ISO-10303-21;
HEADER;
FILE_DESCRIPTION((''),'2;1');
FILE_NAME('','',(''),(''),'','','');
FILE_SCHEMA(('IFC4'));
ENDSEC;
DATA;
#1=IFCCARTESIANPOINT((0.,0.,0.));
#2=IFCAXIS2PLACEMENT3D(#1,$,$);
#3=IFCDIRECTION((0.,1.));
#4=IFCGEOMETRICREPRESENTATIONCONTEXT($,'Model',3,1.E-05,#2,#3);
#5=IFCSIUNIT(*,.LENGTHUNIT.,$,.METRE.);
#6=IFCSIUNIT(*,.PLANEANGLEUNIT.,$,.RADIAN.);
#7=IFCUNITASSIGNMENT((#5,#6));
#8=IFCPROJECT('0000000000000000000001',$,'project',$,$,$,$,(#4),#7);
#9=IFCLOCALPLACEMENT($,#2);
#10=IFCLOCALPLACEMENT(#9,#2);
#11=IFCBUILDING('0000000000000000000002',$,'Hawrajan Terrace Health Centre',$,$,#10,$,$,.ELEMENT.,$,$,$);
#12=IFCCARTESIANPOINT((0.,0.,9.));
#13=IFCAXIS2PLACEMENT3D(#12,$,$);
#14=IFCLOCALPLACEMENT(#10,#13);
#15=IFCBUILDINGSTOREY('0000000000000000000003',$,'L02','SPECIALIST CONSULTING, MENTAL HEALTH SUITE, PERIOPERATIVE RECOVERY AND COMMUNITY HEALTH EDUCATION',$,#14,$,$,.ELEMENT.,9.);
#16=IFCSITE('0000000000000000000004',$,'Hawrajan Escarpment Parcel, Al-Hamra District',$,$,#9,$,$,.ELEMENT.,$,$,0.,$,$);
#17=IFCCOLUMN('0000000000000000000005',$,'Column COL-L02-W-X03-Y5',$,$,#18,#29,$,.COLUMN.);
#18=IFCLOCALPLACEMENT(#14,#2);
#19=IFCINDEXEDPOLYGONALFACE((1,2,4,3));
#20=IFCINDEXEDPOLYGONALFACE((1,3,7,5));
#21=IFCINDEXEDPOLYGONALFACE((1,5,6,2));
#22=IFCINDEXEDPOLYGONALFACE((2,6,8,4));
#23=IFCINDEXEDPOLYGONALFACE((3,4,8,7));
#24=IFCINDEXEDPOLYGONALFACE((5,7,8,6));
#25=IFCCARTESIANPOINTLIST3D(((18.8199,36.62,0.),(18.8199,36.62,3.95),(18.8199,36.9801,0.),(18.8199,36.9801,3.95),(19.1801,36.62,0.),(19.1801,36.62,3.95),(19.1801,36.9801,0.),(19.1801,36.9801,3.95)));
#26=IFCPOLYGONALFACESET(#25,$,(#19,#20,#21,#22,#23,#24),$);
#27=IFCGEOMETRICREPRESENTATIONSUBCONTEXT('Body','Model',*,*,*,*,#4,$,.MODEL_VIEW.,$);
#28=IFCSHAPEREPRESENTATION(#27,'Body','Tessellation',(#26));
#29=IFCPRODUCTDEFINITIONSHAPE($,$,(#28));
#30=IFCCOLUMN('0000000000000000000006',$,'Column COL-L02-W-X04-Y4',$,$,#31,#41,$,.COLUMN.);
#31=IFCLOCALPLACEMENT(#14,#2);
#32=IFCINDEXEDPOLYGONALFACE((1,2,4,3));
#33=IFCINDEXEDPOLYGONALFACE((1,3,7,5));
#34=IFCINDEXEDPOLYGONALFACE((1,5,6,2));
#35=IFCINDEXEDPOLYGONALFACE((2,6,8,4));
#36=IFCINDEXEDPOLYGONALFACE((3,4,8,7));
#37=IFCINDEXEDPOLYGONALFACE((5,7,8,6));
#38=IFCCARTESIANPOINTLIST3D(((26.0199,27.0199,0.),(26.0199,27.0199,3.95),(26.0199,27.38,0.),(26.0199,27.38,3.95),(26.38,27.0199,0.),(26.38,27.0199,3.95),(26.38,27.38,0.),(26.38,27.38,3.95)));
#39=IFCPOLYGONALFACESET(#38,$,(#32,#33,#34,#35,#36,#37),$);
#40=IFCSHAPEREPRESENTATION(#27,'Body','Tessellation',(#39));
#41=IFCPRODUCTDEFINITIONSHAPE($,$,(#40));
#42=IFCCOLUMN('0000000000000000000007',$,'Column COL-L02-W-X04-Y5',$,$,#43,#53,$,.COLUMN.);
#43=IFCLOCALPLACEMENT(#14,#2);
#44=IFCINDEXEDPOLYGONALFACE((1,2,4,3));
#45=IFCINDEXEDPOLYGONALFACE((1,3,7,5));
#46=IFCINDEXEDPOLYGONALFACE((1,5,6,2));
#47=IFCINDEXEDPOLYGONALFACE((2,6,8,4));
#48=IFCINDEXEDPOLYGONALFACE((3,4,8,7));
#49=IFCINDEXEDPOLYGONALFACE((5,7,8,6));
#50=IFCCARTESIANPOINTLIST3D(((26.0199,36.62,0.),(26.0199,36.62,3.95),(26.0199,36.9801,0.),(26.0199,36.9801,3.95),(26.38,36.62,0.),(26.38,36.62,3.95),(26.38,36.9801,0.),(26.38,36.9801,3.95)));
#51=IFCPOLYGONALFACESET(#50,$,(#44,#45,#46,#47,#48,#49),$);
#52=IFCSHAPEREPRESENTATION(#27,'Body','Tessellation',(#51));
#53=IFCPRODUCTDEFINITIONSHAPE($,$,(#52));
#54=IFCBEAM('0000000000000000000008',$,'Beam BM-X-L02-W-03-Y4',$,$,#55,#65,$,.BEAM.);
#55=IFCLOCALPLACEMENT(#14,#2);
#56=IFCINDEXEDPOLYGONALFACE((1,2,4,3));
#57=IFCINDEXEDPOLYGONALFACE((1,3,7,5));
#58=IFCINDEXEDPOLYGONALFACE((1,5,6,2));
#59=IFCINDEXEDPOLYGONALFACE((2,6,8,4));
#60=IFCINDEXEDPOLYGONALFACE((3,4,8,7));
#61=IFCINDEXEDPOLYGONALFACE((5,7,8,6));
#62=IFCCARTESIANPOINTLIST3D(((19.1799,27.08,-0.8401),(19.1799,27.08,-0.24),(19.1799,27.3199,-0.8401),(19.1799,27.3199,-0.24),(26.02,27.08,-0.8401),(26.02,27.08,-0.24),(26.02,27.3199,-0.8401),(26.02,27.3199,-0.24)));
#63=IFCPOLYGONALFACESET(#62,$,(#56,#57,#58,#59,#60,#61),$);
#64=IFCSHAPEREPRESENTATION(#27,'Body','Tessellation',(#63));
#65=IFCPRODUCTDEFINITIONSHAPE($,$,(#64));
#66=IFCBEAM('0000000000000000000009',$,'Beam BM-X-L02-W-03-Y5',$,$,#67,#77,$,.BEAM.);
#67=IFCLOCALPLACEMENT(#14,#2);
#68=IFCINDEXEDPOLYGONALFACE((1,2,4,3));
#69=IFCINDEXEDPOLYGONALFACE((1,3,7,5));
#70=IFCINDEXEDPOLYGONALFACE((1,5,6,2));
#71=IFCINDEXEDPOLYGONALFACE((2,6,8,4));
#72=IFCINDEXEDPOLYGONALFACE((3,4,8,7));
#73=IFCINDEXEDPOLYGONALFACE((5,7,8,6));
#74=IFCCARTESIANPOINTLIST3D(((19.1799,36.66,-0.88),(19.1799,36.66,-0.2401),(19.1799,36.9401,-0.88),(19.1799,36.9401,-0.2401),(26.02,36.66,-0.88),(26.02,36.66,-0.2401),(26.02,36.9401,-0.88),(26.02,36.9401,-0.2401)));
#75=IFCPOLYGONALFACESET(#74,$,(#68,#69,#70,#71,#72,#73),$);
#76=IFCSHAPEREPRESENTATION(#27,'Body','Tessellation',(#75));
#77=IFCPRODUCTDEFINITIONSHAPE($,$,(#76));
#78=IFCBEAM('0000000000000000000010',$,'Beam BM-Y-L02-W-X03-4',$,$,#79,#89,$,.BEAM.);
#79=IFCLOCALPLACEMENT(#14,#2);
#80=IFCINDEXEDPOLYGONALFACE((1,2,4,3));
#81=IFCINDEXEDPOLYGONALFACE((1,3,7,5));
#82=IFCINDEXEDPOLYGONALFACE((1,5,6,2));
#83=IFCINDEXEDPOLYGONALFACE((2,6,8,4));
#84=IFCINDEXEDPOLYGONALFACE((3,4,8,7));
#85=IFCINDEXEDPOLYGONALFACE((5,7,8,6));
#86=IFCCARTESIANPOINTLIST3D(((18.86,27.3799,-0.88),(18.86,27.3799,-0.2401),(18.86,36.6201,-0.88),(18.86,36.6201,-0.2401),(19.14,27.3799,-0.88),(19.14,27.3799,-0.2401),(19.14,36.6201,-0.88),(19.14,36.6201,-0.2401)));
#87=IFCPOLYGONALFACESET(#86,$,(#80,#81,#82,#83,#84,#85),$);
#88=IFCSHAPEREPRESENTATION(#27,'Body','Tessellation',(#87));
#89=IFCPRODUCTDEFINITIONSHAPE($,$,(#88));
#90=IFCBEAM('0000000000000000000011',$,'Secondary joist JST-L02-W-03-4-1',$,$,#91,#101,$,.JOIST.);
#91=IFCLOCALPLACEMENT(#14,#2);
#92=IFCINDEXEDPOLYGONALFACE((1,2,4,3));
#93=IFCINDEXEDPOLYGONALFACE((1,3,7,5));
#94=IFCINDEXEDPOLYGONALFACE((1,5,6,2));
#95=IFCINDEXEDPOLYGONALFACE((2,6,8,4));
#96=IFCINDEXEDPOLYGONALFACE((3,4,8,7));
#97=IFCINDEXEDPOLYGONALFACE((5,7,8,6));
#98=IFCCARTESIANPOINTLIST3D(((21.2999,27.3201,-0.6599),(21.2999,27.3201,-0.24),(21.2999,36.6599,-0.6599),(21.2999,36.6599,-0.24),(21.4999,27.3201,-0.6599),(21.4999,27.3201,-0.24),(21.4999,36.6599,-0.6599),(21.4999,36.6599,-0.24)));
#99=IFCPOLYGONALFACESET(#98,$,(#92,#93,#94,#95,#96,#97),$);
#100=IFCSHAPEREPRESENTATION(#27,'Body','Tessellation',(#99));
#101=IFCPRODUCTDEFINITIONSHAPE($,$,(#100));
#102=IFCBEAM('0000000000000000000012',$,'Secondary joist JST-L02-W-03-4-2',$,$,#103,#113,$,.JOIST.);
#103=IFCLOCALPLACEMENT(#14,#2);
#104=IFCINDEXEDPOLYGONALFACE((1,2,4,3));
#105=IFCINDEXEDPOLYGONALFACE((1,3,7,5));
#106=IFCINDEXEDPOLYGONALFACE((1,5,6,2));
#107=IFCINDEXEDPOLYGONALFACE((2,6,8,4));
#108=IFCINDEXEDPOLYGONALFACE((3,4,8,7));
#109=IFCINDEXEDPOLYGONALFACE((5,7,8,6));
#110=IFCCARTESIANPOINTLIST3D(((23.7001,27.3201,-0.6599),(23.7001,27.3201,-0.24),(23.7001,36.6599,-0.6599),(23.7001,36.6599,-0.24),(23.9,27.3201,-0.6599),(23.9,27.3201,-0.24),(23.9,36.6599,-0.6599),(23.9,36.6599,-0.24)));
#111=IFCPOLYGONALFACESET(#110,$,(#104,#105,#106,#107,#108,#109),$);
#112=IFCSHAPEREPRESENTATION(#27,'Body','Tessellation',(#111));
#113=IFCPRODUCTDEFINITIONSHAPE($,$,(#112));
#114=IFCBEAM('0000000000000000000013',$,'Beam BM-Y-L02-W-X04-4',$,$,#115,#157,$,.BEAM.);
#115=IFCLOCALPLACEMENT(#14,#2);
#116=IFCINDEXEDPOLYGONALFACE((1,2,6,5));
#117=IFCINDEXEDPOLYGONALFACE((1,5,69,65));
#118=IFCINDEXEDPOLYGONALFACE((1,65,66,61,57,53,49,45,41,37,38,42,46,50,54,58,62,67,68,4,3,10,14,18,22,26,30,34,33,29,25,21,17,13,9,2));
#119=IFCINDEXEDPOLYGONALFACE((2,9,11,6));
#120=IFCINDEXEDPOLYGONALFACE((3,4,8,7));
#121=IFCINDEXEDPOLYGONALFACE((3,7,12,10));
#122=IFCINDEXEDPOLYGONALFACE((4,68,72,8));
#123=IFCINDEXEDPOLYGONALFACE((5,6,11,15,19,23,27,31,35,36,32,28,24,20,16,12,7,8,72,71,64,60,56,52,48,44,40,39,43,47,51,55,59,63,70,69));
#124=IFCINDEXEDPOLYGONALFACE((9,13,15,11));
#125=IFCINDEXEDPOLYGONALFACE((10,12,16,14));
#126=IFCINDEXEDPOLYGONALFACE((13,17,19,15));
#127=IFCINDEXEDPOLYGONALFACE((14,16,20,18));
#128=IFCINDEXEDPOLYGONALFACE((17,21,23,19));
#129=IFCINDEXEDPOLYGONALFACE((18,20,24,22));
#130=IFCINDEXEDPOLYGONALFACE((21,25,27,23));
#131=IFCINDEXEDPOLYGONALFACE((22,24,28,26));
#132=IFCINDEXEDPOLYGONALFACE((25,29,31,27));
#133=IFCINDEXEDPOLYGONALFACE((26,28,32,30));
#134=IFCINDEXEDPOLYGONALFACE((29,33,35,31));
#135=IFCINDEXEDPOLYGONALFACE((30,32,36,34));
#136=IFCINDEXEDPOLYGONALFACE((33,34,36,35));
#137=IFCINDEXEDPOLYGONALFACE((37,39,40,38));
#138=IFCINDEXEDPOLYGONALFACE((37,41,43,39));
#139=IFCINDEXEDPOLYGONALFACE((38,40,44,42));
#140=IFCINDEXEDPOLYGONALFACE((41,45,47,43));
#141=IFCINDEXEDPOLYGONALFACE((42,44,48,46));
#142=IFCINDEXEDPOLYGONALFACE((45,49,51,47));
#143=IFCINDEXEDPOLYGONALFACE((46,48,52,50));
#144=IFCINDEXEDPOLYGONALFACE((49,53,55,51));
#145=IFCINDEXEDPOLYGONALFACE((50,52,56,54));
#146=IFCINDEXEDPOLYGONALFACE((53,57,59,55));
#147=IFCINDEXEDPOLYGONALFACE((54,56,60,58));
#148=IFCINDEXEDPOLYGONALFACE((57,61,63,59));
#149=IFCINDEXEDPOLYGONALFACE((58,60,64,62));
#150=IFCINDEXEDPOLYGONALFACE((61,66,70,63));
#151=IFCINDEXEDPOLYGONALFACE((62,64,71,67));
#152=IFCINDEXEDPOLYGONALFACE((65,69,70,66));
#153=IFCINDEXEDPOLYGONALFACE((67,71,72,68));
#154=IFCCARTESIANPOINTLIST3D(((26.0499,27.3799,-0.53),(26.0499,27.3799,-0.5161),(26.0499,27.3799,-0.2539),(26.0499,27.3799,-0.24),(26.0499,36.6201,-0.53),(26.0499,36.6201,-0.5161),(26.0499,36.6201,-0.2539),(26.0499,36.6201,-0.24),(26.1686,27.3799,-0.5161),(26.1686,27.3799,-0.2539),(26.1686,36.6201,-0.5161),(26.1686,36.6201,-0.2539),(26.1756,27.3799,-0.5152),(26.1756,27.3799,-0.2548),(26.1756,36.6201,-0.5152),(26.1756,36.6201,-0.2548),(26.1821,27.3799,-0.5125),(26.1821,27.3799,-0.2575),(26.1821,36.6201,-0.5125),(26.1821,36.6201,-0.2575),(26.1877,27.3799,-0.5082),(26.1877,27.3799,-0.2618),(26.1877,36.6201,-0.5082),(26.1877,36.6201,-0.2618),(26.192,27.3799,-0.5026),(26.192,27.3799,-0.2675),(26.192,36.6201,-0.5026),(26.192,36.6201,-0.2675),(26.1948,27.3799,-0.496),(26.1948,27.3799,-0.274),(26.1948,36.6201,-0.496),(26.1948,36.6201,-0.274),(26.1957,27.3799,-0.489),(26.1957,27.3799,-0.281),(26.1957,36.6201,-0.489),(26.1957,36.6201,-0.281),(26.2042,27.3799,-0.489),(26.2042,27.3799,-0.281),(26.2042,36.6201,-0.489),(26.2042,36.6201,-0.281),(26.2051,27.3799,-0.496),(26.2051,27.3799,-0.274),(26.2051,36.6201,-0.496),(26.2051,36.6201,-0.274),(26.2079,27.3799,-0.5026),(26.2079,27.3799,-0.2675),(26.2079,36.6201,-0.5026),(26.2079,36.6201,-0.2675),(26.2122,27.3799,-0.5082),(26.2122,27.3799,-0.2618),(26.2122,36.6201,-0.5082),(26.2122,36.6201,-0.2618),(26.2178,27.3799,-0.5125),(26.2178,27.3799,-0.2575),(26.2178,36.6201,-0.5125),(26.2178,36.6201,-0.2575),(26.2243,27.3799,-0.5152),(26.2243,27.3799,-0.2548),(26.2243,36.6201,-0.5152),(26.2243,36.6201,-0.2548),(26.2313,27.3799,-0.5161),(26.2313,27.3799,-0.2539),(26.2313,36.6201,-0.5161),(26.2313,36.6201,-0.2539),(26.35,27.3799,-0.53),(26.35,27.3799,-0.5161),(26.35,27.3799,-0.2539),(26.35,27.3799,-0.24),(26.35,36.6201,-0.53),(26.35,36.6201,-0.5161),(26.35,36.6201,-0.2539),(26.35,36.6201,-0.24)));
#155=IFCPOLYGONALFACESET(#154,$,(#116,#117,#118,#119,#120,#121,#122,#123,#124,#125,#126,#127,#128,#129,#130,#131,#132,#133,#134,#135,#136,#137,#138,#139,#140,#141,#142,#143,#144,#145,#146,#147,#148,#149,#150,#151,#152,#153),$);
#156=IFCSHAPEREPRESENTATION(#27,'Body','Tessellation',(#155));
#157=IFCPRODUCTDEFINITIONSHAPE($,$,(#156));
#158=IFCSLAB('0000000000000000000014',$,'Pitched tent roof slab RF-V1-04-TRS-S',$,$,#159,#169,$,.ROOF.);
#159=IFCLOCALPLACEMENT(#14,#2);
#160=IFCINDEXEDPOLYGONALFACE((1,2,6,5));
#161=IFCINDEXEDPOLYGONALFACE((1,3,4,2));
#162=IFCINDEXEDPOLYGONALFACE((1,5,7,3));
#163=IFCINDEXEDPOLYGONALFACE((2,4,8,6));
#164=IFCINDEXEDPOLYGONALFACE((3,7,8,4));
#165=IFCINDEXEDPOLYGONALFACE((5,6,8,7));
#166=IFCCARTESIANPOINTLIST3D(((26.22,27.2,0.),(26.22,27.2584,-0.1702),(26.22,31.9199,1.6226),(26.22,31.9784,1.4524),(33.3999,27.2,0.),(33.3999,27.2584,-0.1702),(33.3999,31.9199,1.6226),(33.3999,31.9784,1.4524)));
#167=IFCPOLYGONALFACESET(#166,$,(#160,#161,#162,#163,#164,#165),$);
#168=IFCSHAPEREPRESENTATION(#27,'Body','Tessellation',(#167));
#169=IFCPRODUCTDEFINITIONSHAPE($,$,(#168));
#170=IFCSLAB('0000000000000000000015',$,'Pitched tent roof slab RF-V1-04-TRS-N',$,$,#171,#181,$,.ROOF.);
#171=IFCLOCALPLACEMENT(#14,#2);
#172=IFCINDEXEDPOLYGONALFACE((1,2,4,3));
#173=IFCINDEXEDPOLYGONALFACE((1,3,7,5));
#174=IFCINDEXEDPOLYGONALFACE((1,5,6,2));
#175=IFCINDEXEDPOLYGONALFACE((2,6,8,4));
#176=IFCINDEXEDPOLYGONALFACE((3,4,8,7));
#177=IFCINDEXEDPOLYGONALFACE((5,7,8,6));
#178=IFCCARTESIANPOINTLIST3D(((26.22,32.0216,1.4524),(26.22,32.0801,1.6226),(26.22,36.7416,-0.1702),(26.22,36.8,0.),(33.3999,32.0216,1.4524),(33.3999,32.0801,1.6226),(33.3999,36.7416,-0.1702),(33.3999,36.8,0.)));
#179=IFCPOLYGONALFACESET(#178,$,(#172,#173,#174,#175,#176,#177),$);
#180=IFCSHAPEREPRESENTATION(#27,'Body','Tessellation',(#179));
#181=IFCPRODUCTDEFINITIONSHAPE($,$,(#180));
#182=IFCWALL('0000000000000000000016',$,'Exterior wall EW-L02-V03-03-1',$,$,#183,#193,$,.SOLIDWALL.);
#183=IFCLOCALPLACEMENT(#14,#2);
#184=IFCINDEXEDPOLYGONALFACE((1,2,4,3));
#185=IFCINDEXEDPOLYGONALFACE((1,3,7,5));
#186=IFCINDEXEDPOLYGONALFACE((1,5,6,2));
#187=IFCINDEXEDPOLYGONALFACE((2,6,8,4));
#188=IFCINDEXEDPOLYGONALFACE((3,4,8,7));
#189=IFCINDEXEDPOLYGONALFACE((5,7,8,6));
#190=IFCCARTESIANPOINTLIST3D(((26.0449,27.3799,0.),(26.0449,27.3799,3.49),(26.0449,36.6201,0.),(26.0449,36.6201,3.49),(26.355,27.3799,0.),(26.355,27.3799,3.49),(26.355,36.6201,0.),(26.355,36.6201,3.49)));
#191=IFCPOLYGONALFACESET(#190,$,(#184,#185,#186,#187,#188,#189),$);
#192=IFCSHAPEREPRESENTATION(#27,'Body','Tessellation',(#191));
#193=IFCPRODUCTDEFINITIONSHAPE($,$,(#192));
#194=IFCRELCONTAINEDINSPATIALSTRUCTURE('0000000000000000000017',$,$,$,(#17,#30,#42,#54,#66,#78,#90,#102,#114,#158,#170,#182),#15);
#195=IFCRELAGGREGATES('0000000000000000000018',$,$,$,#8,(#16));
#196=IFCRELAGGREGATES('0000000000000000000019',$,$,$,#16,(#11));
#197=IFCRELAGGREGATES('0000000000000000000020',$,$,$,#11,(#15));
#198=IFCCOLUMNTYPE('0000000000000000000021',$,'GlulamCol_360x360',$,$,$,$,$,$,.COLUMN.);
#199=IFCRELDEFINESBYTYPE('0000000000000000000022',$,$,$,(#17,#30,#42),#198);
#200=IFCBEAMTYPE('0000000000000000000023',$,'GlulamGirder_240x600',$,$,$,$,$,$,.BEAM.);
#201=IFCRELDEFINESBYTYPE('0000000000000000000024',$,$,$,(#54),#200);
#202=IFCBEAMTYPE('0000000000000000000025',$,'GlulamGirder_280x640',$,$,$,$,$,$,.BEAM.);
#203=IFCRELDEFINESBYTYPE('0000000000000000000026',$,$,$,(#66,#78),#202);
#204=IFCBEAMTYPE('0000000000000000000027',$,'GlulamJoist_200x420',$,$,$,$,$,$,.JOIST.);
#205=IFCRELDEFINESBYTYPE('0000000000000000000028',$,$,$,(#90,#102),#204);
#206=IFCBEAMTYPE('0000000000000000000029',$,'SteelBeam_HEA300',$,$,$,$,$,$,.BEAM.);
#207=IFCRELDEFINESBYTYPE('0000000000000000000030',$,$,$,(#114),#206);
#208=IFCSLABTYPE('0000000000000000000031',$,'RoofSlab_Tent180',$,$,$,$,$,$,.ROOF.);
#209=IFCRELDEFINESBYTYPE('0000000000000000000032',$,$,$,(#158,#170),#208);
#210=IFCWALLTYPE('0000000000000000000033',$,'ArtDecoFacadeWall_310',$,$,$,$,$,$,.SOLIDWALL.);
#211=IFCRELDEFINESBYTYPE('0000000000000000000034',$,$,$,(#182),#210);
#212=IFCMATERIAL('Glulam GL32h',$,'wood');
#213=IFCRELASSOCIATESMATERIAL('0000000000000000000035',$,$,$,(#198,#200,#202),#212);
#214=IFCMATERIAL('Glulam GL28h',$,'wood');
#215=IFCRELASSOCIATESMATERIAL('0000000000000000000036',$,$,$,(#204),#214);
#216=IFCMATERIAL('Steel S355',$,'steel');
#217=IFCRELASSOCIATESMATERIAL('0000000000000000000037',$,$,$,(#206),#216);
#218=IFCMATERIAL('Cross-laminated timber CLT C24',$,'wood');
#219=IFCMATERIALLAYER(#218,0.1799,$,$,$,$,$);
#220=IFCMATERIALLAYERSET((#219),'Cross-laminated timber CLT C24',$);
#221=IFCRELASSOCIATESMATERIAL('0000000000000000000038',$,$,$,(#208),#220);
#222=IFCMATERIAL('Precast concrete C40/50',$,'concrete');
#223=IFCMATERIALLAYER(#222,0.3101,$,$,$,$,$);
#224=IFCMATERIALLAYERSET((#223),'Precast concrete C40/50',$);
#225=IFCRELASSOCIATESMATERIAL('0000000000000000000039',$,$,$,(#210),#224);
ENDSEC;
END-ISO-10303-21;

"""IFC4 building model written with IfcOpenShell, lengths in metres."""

from ifc_helpers import new_model, si_unit, direction, frame, frame_2d, origin, origin_2d, place, context, subcontext, project, spatial, polyline, rectangle, i_section, outline, extrude, material, layer, layer_set, material_profile, profile_set, type_object, element, save


model = new_model("IFC4")

# Units and contexts
model_context = context("Model", 3, precision=1e-05, world=origin(), true_north=direction((0.0, 1.0)))
body_context = subcontext(model_context, "Body", "Model", "MODEL_VIEW")
ifc_project = project(units=[si_unit("LENGTHUNIT", "METRE"), si_unit("PLANEANGLEUNIT", "RADIAN")], contexts=[model_context])

# Site, building, storey
site_placement = place(None, origin())
site = spatial("IfcSite", under=ifc_project, at=site_placement, Name="Hawrajan Escarpment Parcel, Al-Hamra District", CompositionType="ELEMENT", RefElevation=0.0)
building_placement = place(site_placement, origin())
building = spatial("IfcBuilding", under=site, at=building_placement, Name="Hawrajan Terrace Health Centre", CompositionType="ELEMENT")
storey_placement = place(building_placement, frame((0.0, 0.0, 9.0)))
storey = spatial("IfcBuildingStorey", under=building, at=storey_placement, Name="L02", Description="SPECIALIST CONSULTING, MENTAL HEALTH SUITE, PERIOPERATIVE RECOVERY AND COMMUNITY HEALTH EDUCATION", CompositionType="ELEMENT", Elevation=9.0)

# Columns
ifc_material_1 = material(Name="Glulam GL32h", Category="wood")
ifc_material_profile_1 = material_profile(ifc_material_1, rectangle(XDim=0.3601, YDim=0.3601, at=origin_2d()), Name="GL 360x360")
ifc_profile_set_1 = profile_set([ifc_material_profile_1], Name="Glulam GL32h")
column_type = type_object("IfcColumnType", Name="GlulamCol_360x360", PredefinedType="COLUMN", material=ifc_profile_set_1)
for number, where, z_axis, x_axis, name in (
    (1, (19.0, 36.8, 0.0), (0.0, 0.0, 1.0), (1.0, 0.0, 0.0), "Column COL-L02-W-X03-Y5"),
    (2, (26.2, 27.2, 0.0), (0.0, 0.0, 1.0), (1.0, 0.0, 0.0), "Column COL-L02-W-X04-Y4"),
    (3, (26.2, 36.8, 0.0), (0.0, 0.0, 1.0), (1.0, 0.0, 0.0), "Column COL-L02-W-X04-Y5"),
):
    element("IfcColumn", number, at=place(storey_placement, frame(where, z_axis=z_axis, x_axis=x_axis)), inside=storey, type_object=column_type, Name=name, PredefinedType="COLUMN", context=body_context, shape_type="SweptSolid", body=[
        extrude(rectangle(XDim=0.3601, YDim=0.3601, at=origin_2d()), origin(), (0.0, 0.0, 1.0), 3.95),
    ])

# Beams
ifc_material_profile_2 = material_profile(ifc_material_1, rectangle(XDim=0.24, YDim=0.6001, at=origin_2d()), Name="GL BM 240x600")
ifc_profile_set_2 = profile_set([ifc_material_profile_2], Name="Glulam GL32h")
beam_type_1 = type_object("IfcBeamType", Name="GlulamGirder_240x600", PredefinedType="BEAM", material=ifc_profile_set_2)
beam_1_placement = place(storey_placement, frame((19.1799, 27.2, -0.54), z_axis=(1.0, 0.0, 0.0), x_axis=(0.0, 1.0, 0.0)))
element("IfcBeam", 4, at=beam_1_placement, inside=storey, type_object=beam_type_1, Name="Beam BM-X-L02-W-03-Y4", PredefinedType="BEAM", context=body_context, shape_type="SweptSolid", body=[
    extrude(rectangle(XDim=0.24, YDim=0.6001, at=origin_2d()), origin(), (0.0, 0.0, 1.0), 6.8401),
])
ifc_material_profile_3 = material_profile(ifc_material_1, rectangle(XDim=0.28, YDim=0.6399, at=origin_2d()), Name="GL BM 280x640")
ifc_profile_set_3 = profile_set([ifc_material_profile_3], Name="Glulam GL32h")
beam_type_2 = type_object("IfcBeamType", Name="GlulamGirder_280x640", PredefinedType="BEAM", material=ifc_profile_set_3)
beam_2_placement = place(storey_placement, frame((19.1799, 36.8, -0.5601), z_axis=(1.0, 0.0, 0.0), x_axis=(0.0, 1.0, 0.0)))
element("IfcBeam", 5, at=beam_2_placement, inside=storey, type_object=beam_type_2, Name="Beam BM-X-L02-W-03-Y5", PredefinedType="BEAM", context=body_context, shape_type="SweptSolid", body=[
    extrude(rectangle(XDim=0.28, YDim=0.6399, at=origin_2d()), origin(), (0.0, 0.0, 1.0), 6.8401),
])
beam_3_placement = place(storey_placement, frame((19.0, 27.3799, -0.5601), z_axis=(0.0, 1.0, 0.0), x_axis=(-1.0, 0.0, 0.0)))
element("IfcBeam", 6, at=beam_3_placement, inside=storey, type_object=beam_type_2, Name="Beam BM-Y-L02-W-X03-4", PredefinedType="BEAM", context=body_context, shape_type="SweptSolid", body=[
    extrude(rectangle(XDim=0.28, YDim=0.6399, at=origin_2d()), origin(), (0.0, 0.0, 1.0), 9.2402),
])
ifc_material_2 = material(Name="Glulam GL28h", Category="wood")
ifc_material_profile_4 = material_profile(ifc_material_2, rectangle(XDim=0.2, YDim=0.4199, at=origin_2d()), Name="GL JST 200x420")
ifc_profile_set_4 = profile_set([ifc_material_profile_4], Name="Glulam GL28h")
beam_type_3 = type_object("IfcBeamType", Name="GlulamJoist_200x420", PredefinedType="JOIST", material=ifc_profile_set_4)
for number, where, z_axis, x_axis, name in (
    (7, (21.3999, 27.3201, -0.45), (0.0, 1.0, 0.0), (-1.0, 0.0, 0.0), "Secondary joist JST-L02-W-03-4-1"),
    (8, (23.8, 27.3201, -0.45), (0.0, 1.0, 0.0), (-1.0, 0.0, 0.0), "Secondary joist JST-L02-W-03-4-2"),
):
    element("IfcBeam", number, at=place(storey_placement, frame(where, z_axis=z_axis, x_axis=x_axis)), inside=storey, type_object=beam_type_3, Name=name, PredefinedType="JOIST", context=body_context, shape_type="SweptSolid", body=[
        extrude(rectangle(XDim=0.2, YDim=0.4199, at=origin_2d()), origin(), (0.0, 0.0, 1.0), 9.3398),
    ])
ifc_material_3 = material(Name="Steel S355", Category="steel")
ifc_material_profile_5 = material_profile(ifc_material_3, i_section(OverallWidth=0.3, OverallDepth=0.29, WebThickness=0.0085, FlangeThickness=0.0139, FilletRadius=0.0271, at=origin_2d()), Name="HEA 300")
ifc_profile_set_5 = profile_set([ifc_material_profile_5], Name="Steel S355")
beam_type_4 = type_object("IfcBeamType", Name="SteelBeam_HEA300", PredefinedType="BEAM", material=ifc_profile_set_5)
beam_4_placement = place(storey_placement, frame((26.2, 27.3799, -0.385), z_axis=(0.0, 1.0, 0.0), x_axis=(-1.0, 0.0, 0.0)))
element("IfcBeam", 9, at=beam_4_placement, inside=storey, type_object=beam_type_4, Name="Beam BM-Y-L02-W-X04-4", PredefinedType="BEAM", context=body_context, shape_type="SweptSolid", body=[
    extrude(i_section(OverallWidth=0.3, OverallDepth=0.29, WebThickness=0.0085, FlangeThickness=0.0139, FilletRadius=0.0271, at=origin_2d()), origin(), (0.0, 0.0, 1.0), 9.2402),
])

# Slabs
ifc_material_4 = material(Name="Cross-laminated timber CLT C24", Category="wood")
ifc_layer_1 = layer(ifc_material_4, 0.1799)
ifc_layer_set_1 = layer_set([ifc_layer_1], Name="Cross-laminated timber CLT C24")
slab_type = type_object("IfcSlabType", Name="RoofSlab_Tent180", PredefinedType="ROOF", material=ifc_layer_set_1)
for number, where, z_axis, x_axis, name in (
    (10, (26.22, 27.2, 0.0), (0.0, -0.325092, 0.945682), (1.0, 0.0, 0.0), "Pitched tent roof slab RF-V1-04-TRS-S"),
    (11, (26.22, 32.0801, 1.6226), (0.0, 0.325092, 0.945682), (1.0, 0.0, 0.0), "Pitched tent roof slab RF-V1-04-TRS-N"),
):
    element("IfcSlab", number, at=place(storey_placement, frame(where, z_axis=z_axis, x_axis=x_axis)), inside=storey, type_object=slab_type, Name=name, PredefinedType="ROOF", context=body_context, shape_type="SweptSolid", body=[
        extrude(outline(polyline([(0.0, 0.0), (7.1799, 0.0), (7.1799, 4.9911), (0.0, 4.9911), (0.0, 0.0)])), origin(), (0.0, 0.0, -1.0), 0.1799),
    ])

# Wall
ifc_material_5 = material(Name="Precast concrete C40/50", Category="concrete")
ifc_layer_2 = layer(ifc_material_5, 0.3101)
ifc_layer_set_2 = layer_set([ifc_layer_2], Name="Precast concrete C40/50")
wall_type_1 = type_object("IfcWallType", Name="ArtDecoFacadeWall_310", PredefinedType="SOLIDWALL", material=ifc_layer_set_2)
wall_1_placement = place(storey_placement, frame((26.2, 27.3799, 0.0), z_axis=(0.0, 0.0, 1.0), x_axis=(0.0, 1.0, 0.0)))
element("IfcWall", 12, at=wall_1_placement, inside=storey, type_object=wall_type_1, Name="Exterior wall EW-L02-V03-03-1", PredefinedType="SOLIDWALL", context=body_context, shape_type="SweptSolid", body=[
    extrude(rectangle(XDim=9.2402, YDim=0.3101, at=frame_2d((4.6201, 0.0))), origin(), (0.0, 0.0, 1.0), 3.49),
])

save(model, "model.ifc")
